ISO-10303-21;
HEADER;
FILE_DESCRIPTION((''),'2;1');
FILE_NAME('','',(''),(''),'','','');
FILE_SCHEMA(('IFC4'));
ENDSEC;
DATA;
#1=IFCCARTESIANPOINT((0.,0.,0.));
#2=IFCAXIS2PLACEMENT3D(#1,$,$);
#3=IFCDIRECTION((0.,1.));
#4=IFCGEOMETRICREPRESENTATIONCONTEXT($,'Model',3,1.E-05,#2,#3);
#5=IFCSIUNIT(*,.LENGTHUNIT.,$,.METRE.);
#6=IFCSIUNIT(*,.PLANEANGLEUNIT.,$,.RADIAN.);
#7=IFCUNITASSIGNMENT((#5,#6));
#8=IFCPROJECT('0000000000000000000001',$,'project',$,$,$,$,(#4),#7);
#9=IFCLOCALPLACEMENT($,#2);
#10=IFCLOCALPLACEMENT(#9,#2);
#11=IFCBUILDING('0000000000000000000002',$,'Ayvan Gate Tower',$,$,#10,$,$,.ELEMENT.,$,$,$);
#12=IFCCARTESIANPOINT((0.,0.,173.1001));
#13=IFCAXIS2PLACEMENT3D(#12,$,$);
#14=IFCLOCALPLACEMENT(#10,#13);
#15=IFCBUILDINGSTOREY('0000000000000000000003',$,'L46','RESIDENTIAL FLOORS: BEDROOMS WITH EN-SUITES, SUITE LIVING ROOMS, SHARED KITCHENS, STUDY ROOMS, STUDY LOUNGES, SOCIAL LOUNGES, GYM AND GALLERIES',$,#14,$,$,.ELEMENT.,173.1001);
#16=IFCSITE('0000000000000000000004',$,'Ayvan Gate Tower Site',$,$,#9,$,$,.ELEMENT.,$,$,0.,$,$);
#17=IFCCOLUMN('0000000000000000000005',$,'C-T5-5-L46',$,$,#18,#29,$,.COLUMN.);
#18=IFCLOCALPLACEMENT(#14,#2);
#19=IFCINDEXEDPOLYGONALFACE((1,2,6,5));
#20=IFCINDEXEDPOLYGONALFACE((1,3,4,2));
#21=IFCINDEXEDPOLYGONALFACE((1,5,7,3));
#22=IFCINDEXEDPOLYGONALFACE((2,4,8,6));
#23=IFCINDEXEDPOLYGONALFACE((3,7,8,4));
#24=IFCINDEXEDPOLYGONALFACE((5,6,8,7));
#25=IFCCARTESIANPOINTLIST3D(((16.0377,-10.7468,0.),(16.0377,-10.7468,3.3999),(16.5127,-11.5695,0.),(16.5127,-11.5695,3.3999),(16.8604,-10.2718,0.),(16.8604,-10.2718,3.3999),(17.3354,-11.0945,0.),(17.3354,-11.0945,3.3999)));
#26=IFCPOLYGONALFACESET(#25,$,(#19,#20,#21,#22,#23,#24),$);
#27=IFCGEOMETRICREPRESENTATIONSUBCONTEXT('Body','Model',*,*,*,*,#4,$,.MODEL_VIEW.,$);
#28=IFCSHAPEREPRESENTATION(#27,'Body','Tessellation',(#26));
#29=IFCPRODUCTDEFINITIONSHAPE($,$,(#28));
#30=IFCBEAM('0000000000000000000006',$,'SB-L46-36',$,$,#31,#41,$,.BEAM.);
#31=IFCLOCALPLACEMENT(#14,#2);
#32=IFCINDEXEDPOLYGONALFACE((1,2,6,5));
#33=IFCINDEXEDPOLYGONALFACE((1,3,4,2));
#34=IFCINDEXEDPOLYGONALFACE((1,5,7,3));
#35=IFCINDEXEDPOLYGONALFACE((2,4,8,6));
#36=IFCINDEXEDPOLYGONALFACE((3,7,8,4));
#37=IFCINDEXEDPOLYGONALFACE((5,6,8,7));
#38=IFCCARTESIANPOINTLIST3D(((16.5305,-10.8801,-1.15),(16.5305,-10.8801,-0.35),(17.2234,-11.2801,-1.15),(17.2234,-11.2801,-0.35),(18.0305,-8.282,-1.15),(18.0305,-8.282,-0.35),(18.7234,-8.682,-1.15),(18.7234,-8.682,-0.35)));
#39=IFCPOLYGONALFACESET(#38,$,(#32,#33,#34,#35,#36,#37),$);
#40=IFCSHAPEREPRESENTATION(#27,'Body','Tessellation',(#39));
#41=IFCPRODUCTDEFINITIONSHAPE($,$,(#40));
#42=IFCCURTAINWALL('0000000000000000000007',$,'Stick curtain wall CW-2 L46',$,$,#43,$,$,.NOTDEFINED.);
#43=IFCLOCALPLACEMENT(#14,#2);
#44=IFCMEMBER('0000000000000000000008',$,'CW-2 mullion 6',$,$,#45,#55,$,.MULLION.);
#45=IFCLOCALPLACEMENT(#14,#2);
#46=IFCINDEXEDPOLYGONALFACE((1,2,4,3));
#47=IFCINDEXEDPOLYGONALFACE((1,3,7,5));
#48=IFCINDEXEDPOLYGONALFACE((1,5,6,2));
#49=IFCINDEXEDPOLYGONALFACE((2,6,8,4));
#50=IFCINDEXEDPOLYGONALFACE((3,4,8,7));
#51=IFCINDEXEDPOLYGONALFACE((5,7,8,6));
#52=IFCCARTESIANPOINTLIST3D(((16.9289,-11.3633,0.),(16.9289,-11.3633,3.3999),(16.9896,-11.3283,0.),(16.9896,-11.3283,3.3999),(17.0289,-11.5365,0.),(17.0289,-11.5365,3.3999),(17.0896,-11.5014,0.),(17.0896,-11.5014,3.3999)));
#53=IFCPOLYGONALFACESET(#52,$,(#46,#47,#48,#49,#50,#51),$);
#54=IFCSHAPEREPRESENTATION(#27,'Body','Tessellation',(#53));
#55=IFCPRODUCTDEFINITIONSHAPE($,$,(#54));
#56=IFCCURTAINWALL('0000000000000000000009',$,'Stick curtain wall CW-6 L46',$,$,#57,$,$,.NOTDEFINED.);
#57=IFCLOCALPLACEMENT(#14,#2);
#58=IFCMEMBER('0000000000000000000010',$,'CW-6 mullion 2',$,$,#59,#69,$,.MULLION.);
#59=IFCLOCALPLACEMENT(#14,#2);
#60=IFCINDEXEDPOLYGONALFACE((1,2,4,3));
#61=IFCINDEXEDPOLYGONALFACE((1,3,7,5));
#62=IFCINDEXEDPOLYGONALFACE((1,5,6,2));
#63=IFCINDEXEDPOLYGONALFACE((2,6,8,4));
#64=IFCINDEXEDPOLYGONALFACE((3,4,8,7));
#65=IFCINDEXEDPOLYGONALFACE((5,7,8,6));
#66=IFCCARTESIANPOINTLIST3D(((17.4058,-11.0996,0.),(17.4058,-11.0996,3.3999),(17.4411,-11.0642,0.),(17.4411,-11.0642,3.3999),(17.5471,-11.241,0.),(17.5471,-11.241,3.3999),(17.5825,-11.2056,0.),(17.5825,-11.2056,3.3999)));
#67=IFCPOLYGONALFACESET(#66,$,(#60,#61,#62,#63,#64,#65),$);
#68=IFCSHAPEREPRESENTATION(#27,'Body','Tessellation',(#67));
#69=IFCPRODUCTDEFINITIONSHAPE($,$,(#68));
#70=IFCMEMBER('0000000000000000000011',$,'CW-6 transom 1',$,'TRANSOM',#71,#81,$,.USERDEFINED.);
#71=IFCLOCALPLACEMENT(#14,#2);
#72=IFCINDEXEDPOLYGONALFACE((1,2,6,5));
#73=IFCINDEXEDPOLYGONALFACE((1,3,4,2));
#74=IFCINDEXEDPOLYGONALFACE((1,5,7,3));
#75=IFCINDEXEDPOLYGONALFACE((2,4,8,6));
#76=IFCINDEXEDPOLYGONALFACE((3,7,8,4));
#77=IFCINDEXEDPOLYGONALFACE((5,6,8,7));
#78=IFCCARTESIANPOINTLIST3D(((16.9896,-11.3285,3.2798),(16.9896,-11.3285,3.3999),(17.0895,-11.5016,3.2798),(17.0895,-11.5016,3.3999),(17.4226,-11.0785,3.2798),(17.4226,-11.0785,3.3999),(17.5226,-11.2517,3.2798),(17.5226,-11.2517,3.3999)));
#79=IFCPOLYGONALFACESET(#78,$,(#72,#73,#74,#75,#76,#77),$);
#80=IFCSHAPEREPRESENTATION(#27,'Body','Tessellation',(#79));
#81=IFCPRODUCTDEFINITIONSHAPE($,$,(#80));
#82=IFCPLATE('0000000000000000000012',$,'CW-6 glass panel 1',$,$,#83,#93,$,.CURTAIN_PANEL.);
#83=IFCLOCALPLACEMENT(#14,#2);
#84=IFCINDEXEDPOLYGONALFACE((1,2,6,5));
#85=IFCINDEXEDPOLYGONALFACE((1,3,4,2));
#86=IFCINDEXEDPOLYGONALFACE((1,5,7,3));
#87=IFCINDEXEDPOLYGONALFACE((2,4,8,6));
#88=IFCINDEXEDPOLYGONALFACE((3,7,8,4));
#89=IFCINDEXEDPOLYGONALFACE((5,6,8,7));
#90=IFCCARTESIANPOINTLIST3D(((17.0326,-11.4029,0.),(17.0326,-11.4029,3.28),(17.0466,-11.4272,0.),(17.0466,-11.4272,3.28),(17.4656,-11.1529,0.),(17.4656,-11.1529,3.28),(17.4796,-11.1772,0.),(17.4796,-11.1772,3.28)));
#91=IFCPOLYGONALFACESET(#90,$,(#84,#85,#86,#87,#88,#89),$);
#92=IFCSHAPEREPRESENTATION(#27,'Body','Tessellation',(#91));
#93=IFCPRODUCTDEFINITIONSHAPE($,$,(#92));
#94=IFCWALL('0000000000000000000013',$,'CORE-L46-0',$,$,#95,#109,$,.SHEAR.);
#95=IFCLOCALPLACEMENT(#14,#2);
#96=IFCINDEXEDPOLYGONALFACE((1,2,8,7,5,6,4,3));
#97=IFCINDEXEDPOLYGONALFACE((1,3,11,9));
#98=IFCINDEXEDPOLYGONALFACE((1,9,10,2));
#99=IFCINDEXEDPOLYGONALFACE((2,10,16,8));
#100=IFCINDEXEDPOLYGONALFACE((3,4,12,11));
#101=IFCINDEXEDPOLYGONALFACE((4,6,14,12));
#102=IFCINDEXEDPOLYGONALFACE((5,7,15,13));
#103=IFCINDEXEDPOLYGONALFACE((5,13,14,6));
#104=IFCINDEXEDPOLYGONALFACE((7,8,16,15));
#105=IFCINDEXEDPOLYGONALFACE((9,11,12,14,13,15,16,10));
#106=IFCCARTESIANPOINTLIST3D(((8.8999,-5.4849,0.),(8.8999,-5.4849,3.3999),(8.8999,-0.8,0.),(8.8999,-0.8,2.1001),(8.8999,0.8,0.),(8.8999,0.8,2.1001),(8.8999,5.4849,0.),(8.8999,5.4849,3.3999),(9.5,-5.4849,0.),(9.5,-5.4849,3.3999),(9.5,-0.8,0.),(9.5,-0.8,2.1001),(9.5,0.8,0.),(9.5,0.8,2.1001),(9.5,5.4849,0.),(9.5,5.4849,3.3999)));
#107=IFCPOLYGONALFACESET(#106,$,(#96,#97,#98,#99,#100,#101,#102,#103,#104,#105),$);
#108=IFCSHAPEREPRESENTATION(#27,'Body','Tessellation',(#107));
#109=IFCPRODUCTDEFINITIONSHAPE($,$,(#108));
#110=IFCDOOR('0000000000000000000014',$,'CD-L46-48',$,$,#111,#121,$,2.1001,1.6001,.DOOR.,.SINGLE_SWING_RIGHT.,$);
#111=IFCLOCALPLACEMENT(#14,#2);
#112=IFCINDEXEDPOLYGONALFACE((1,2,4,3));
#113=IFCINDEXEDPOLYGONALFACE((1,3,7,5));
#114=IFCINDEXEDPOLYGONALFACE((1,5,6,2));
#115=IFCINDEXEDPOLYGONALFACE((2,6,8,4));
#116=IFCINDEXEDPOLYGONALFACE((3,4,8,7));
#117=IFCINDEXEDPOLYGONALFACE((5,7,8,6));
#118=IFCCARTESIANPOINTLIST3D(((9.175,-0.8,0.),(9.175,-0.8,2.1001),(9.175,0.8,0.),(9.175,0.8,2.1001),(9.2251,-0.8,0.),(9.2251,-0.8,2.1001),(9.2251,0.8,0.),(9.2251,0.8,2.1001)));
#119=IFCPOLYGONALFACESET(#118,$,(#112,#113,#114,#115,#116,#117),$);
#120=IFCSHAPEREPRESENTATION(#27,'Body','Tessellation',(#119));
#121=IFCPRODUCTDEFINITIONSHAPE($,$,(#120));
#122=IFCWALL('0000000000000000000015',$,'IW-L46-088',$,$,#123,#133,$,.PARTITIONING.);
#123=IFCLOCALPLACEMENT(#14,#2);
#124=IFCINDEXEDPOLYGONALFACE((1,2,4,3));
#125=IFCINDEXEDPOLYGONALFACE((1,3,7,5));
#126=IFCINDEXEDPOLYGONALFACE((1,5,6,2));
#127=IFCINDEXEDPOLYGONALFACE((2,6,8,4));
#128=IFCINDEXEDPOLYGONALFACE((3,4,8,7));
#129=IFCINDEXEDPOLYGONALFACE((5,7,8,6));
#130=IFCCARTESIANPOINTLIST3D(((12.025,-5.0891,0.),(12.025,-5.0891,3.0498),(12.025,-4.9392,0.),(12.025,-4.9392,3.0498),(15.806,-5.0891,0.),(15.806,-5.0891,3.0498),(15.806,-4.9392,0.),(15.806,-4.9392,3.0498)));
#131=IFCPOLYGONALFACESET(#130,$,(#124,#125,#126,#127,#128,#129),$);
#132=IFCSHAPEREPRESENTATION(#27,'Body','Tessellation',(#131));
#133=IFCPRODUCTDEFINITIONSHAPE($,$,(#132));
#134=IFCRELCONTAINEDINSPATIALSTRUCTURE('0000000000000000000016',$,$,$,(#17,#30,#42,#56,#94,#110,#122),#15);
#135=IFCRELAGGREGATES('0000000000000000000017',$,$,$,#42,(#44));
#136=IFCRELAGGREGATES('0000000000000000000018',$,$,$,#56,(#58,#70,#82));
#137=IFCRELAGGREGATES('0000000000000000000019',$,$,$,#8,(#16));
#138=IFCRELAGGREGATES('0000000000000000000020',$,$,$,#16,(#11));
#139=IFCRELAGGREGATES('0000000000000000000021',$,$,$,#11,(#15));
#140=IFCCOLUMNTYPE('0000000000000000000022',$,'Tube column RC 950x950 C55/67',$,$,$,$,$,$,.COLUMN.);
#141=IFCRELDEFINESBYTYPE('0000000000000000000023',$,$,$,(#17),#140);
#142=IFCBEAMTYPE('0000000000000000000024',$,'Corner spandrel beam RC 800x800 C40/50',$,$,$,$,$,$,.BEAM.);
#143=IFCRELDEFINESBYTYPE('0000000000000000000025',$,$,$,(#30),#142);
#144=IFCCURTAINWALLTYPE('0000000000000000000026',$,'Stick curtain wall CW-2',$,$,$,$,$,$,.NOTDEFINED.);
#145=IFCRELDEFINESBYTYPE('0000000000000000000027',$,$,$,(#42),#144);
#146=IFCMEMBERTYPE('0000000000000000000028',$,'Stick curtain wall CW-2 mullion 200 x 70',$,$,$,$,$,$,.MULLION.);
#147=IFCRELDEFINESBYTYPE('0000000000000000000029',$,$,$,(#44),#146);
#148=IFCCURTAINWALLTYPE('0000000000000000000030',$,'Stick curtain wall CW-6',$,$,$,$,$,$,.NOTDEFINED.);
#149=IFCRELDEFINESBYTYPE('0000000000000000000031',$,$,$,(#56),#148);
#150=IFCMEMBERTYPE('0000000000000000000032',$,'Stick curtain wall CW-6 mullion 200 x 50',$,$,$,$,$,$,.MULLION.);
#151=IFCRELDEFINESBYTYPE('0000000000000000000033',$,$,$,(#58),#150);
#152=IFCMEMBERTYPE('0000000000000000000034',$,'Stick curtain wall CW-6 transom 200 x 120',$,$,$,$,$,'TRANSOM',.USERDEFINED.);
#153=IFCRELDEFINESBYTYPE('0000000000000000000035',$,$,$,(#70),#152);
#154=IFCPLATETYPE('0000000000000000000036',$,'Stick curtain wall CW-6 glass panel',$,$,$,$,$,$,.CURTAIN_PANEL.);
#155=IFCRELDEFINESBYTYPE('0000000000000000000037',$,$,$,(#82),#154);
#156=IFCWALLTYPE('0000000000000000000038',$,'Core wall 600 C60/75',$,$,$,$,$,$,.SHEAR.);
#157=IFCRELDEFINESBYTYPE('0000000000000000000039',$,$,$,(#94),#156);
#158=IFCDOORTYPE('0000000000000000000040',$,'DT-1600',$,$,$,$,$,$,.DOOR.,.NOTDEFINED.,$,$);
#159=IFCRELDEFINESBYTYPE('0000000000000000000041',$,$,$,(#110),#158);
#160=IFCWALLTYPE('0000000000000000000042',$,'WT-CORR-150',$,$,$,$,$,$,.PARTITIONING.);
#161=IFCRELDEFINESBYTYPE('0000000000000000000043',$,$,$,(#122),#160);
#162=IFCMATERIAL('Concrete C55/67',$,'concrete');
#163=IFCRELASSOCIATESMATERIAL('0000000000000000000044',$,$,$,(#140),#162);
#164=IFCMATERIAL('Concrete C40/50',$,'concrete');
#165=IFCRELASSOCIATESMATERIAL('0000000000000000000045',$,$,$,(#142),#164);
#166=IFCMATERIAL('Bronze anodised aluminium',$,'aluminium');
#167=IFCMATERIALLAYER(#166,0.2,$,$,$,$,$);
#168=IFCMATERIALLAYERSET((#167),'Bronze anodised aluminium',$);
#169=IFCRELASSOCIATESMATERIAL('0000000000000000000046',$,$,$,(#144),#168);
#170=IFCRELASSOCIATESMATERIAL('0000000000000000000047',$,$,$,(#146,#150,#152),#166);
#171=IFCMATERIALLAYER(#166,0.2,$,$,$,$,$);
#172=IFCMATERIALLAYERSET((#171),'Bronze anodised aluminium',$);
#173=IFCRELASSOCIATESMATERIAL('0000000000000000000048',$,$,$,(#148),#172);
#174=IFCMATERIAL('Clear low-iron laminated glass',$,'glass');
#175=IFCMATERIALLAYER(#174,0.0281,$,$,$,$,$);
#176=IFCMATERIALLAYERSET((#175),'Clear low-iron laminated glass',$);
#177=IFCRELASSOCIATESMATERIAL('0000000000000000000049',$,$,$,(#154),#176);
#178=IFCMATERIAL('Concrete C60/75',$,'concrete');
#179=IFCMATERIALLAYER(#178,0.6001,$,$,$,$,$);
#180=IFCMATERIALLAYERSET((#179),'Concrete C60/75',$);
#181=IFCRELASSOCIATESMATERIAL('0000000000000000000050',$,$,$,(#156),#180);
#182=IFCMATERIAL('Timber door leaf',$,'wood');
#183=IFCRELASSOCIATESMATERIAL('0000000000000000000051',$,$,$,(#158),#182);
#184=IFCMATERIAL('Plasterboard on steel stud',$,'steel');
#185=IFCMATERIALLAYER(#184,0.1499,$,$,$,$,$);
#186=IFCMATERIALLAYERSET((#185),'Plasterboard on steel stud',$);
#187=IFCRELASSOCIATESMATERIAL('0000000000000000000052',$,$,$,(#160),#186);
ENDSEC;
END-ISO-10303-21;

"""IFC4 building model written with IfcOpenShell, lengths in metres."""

from ifc_helpers import new_model, si_unit, direction, frame, frame_2d, origin, origin_2d, place, context, subcontext, project, spatial, rectangle, extrude, material, layer, layer_set, material_profile, profile_set, type_object, element, fill, aggregate, save


model = new_model("IFC4")

# Units and contexts
model_context = context("Model", 3, precision=1e-05, world=origin(), true_north=direction((0.0, 1.0)))
body_context = subcontext(model_context, "Body", "Model", "MODEL_VIEW")
ifc_project = project(units=[si_unit("LENGTHUNIT", "METRE"), si_unit("PLANEANGLEUNIT", "RADIAN")], contexts=[model_context])

# Site, building, storey
site_placement = place(None, origin())
site = spatial("IfcSite", under=ifc_project, at=site_placement, Name="Ayvan Gate Tower Site", CompositionType="ELEMENT", RefElevation=0.0)
building_placement = place(site_placement, origin())
building = spatial("IfcBuilding", under=site, at=building_placement, Name="Ayvan Gate Tower", CompositionType="ELEMENT")
storey_placement = place(building_placement, frame((0.0, 0.0, 173.1001)))
storey = spatial("IfcBuildingStorey", under=building, at=storey_placement, Name="L46", Description="RESIDENTIAL FLOORS: BEDROOMS WITH EN-SUITES, SUITE LIVING ROOMS, SHARED KITCHENS, STUDY ROOMS, STUDY LOUNGES, SOCIAL LOUNGES, GYM AND GALLERIES", CompositionType="ELEMENT", Elevation=173.1001)

# Column
ifc_material_1 = material(Name="Concrete C55/67", Category="concrete")
ifc_material_profile_1 = material_profile(ifc_material_1, rectangle(XDim=0.95, YDim=0.95, at=origin_2d()), Name="RC 950x950")
ifc_profile_set_1 = profile_set([ifc_material_profile_1], Name="Concrete C55/67")
column_type = type_object("IfcColumnType", Name="Tube column RC 950x950 C55/67", PredefinedType="COLUMN", material=ifc_profile_set_1)
column_placement = place(storey_placement, frame((16.6865, -10.9207, 0.0), z_axis=(0.0, 0.0, 1.0), x_axis=(0.5, -0.866025, 0.0)))
element("IfcColumn", 1, at=column_placement, inside=storey, type_object=column_type, Name="C-T5-5-L46", PredefinedType="COLUMN", context=body_context, shape_type="SweptSolid", body=[
    extrude(rectangle(XDim=0.95, YDim=0.95, at=origin_2d()), origin(), (0.0, 0.0, 1.0), 3.3999),
])

# Beam
ifc_material_2 = material(Name="Concrete C40/50", Category="concrete")
ifc_material_profile_2 = material_profile(ifc_material_2, rectangle(XDim=0.8, YDim=0.8, at=origin_2d()), Name="RC 800x800")
ifc_profile_set_2 = profile_set([ifc_material_profile_2], Name="Concrete C40/50")
beam_type = type_object("IfcBeamType", Name="Corner spandrel beam RC 800x800 C40/50", PredefinedType="BEAM", material=ifc_profile_set_2)
beam_placement = place(storey_placement, frame((16.877, -11.0801, -0.75), z_axis=(0.49999, 0.866031, 0.0), x_axis=(-0.866031, 0.49999, 0.0)))
element("IfcBeam", 2, at=beam_placement, inside=storey, type_object=beam_type, Name="SB-L46-36", PredefinedType="BEAM", context=body_context, shape_type="SweptSolid", body=[
    extrude(rectangle(XDim=0.8, YDim=0.8, at=origin_2d()), origin(), (0.0, 0.0, 1.0), 3.0),
])

# Curtain wall, member
ifc_material_3 = material(Name="Bronze anodised aluminium", Category="aluminium")
ifc_layer_1 = layer(ifc_material_3, 0.2)
ifc_layer_set_1 = layer_set([ifc_layer_1], Name="Bronze anodised aluminium")
curtain_wall_type_1 = type_object("IfcCurtainWallType", Name="Stick curtain wall CW-2", PredefinedType="NOTDEFINED", material=ifc_layer_set_1)
curtain_wall_1_placement = place(storey_placement, origin())
curtain_wall_1 = element("IfcCurtainWall", 3, at=curtain_wall_1_placement, inside=storey, type_object=curtain_wall_type_1, Name="Stick curtain wall CW-2 L46", PredefinedType="NOTDEFINED")
ifc_material_profile_3 = material_profile(ifc_material_3, rectangle(XDim=0.2, YDim=0.0701, at=origin_2d()), Name="Stick curtain wall CW-2 mullion 200 x 70")
ifc_profile_set_3 = profile_set([ifc_material_profile_3], Name="Bronze anodised aluminium")
member_type_1 = type_object("IfcMemberType", Name="Stick curtain wall CW-2 mullion 200 x 70", PredefinedType="MULLION", material=ifc_profile_set_3)
member_1_placement = place(storey_placement, frame((17.0093, -11.4324, 0.0), z_axis=(0.0, 0.0, 1.0), x_axis=(0.5, -0.866025, 0.0)))
member_1 = element("IfcMember", 4, at=member_1_placement, type_object=member_type_1, Name="CW-2 mullion 6", PredefinedType="MULLION", context=body_context, shape_type="SweptSolid", body=[
    extrude(rectangle(XDim=0.2, YDim=0.0701, at=origin_2d()), origin(), (0.0, 0.0, 1.0), 3.3999),
])
aggregate(curtain_wall_1, [member_1])

# Curtain wall, members, plate
ifc_layer_2 = layer(ifc_material_3, 0.2)
ifc_layer_set_2 = layer_set([ifc_layer_2], Name="Bronze anodised aluminium")
curtain_wall_type_2 = type_object("IfcCurtainWallType", Name="Stick curtain wall CW-6", PredefinedType="NOTDEFINED", material=ifc_layer_set_2)
curtain_wall_2_placement = place(storey_placement, origin())
curtain_wall_2 = element("IfcCurtainWall", 5, at=curtain_wall_2_placement, inside=storey, type_object=curtain_wall_type_2, Name="Stick curtain wall CW-6 L46", PredefinedType="NOTDEFINED")
ifc_material_profile_4 = material_profile(ifc_material_3, rectangle(XDim=0.2, YDim=0.05, at=origin_2d()), Name="Stick curtain wall CW-6 mullion 200 x 50")
ifc_profile_set_4 = profile_set([ifc_material_profile_4], Name="Bronze anodised aluminium")
member_type_2 = type_object("IfcMemberType", Name="Stick curtain wall CW-6 mullion 200 x 50", PredefinedType="MULLION", material=ifc_profile_set_4)
member_2_placement = place(storey_placement, frame((17.4941, -11.1526, 0.0), z_axis=(0.0, 0.0, 1.0), x_axis=(0.707107, -0.707107, 0.0)))
member_2 = element("IfcMember", 6, at=member_2_placement, type_object=member_type_2, Name="CW-6 mullion 2", PredefinedType="MULLION", context=body_context, shape_type="SweptSolid", body=[
    extrude(rectangle(XDim=0.2, YDim=0.05, at=origin_2d()), origin(), (0.0, 0.0, 1.0), 3.3999),
])
ifc_material_profile_5 = material_profile(ifc_material_3, rectangle(XDim=0.2, YDim=0.1201, at=origin_2d()), Name="Stick curtain wall CW-6 transom 200 x 120")
ifc_profile_set_5 = profile_set([ifc_material_profile_5], Name="Bronze anodised aluminium")
member_type_3 = type_object("IfcMemberType", Name="Stick curtain wall CW-6 transom 200 x 120", ElementType="TRANSOM", PredefinedType="USERDEFINED", material=ifc_profile_set_5)
member_3_placement = place(storey_placement, frame((17.0396, -11.415, 3.3398), z_axis=(0.866072, 0.49992, 0.0), x_axis=(-0.49992, 0.866072, 0.0)))
member_3 = element("IfcMember", 7, at=member_3_placement, type_object=member_type_3, Name="CW-6 transom 1", ObjectType="TRANSOM", PredefinedType="USERDEFINED", context=body_context, shape_type="SweptSolid", body=[
    extrude(rectangle(XDim=0.2, YDim=0.1201, at=origin_2d()), origin(), (0.0, 0.0, 1.0), 0.5),
])
ifc_material_4 = material(Name="Clear low-iron laminated glass", Category="glass")
ifc_layer_3 = layer(ifc_material_4, 0.0281)
ifc_layer_set_3 = layer_set([ifc_layer_3], Name="Clear low-iron laminated glass")
plate_type = type_object("IfcPlateType", Name="Stick curtain wall CW-6 glass panel", PredefinedType="CURTAIN_PANEL", material=ifc_layer_set_3)
plate_placement = place(storey_placement, frame((17.2561, -11.29, 0.0), z_axis=(0.0, 0.0, 1.0), x_axis=(0.866025, 0.5, 0.0)))
plate = element("IfcPlate", 8, at=plate_placement, type_object=plate_type, Name="CW-6 glass panel 1", PredefinedType="CURTAIN_PANEL", context=body_context, shape_type="SweptSolid", body=[
    extrude(rectangle(XDim=0.5, YDim=0.0281, at=origin_2d()), origin(), (0.0, 0.0, 1.0), 3.28),
])
aggregate(curtain_wall_2, [member_2, member_3, plate])

# Wall, opening, door
ifc_material_5 = material(Name="Concrete C60/75", Category="concrete")
ifc_layer_4 = layer(ifc_material_5, 0.6001)
ifc_layer_set_4 = layer_set([ifc_layer_4], Name="Concrete C60/75")
wall_type_1 = type_object("IfcWallType", Name="Core wall 600 C60/75", PredefinedType="SHEAR", material=ifc_layer_set_4)
wall_1_placement = place(storey_placement, frame((9.2, -5.4849, 0.0), z_axis=(0.0, 0.0, 1.0), x_axis=(0.0, 1.0, 0.0)))
wall_1 = element("IfcWall", 9, at=wall_1_placement, inside=storey, type_object=wall_type_1, Name="CORE-L46-0", PredefinedType="SHEAR", context=body_context, shape_type="SweptSolid", body=[
    extrude(rectangle(XDim=10.9697, YDim=0.6001, at=frame_2d((5.4849, 0.0))), origin(), (0.0, 0.0, 1.0), 3.3999),
])
opening_1_placement = place(wall_1_placement, frame((4.6848, 0.0, 0.0)))
opening_1 = element("IfcOpeningElement", 10, at=opening_1_placement, cuts=wall_1, PredefinedType="OPENING", context=body_context, shape_type="SweptSolid", body=[
    extrude(rectangle(XDim=1.6001, YDim=2.1001, at=frame_2d((0.8, 1.05))), frame((0.0, 0.3101, 0.0), z_axis=(0.0, -1.0, 0.0), x_axis=(1.0, 0.0, 0.0)), (0.0, 0.0, 1.0), 0.6201),
])
ifc_material_6 = material(Name="Timber door leaf", Category="wood")
door_type_1 = type_object("IfcDoorType", Name="DT-1600", OperationType="NOTDEFINED", PredefinedType="DOOR", material=ifc_material_6)
door_1_placement = place(opening_1_placement, origin())
door_1 = element("IfcDoor", 11, at=door_1_placement, inside=storey, type_object=door_type_1, Name="CD-L46-48", OperationType="SINGLE_SWING_RIGHT", OverallHeight=2.1001, OverallWidth=1.6001, PredefinedType="DOOR", context=body_context, shape_type="SweptSolid", body=[
    extrude(rectangle(XDim=1.6001, YDim=2.1001, at=frame_2d((0.8, 1.05))), frame((0.0, 0.0249, 0.0), z_axis=(0.0, -1.0, 0.0), x_axis=(1.0, 0.0, 0.0)), (0.0, 0.0, 1.0), 0.05),
])
fill(opening_1, door_1)

# Wall
ifc_material_7 = material(Name="Plasterboard on steel stud", Category="steel")
ifc_layer_5 = layer(ifc_material_7, 0.1499)
ifc_layer_set_5 = layer_set([ifc_layer_5], Name="Plasterboard on steel stud")
wall_type_2 = type_object("IfcWallType", Name="WT-CORR-150", PredefinedType="PARTITIONING", material=ifc_layer_set_5)
wall_2_placement = place(storey_placement, frame((12.0249, -5.0142, 0.0), z_axis=(0.0, 0.0, 1.0), x_axis=(1.0, 0.0, 0.0)))
element("IfcWall", 12, at=wall_2_placement, inside=storey, type_object=wall_type_2, Name="IW-L46-088", PredefinedType="PARTITIONING", context=body_context, shape_type="SweptSolid", body=[
    extrude(rectangle(XDim=3.781, YDim=0.1499, at=frame_2d((1.8906, 0.0))), origin(), (0.0, 0.0, 1.0), 3.0498),
])

save(model, "model.ifc")
